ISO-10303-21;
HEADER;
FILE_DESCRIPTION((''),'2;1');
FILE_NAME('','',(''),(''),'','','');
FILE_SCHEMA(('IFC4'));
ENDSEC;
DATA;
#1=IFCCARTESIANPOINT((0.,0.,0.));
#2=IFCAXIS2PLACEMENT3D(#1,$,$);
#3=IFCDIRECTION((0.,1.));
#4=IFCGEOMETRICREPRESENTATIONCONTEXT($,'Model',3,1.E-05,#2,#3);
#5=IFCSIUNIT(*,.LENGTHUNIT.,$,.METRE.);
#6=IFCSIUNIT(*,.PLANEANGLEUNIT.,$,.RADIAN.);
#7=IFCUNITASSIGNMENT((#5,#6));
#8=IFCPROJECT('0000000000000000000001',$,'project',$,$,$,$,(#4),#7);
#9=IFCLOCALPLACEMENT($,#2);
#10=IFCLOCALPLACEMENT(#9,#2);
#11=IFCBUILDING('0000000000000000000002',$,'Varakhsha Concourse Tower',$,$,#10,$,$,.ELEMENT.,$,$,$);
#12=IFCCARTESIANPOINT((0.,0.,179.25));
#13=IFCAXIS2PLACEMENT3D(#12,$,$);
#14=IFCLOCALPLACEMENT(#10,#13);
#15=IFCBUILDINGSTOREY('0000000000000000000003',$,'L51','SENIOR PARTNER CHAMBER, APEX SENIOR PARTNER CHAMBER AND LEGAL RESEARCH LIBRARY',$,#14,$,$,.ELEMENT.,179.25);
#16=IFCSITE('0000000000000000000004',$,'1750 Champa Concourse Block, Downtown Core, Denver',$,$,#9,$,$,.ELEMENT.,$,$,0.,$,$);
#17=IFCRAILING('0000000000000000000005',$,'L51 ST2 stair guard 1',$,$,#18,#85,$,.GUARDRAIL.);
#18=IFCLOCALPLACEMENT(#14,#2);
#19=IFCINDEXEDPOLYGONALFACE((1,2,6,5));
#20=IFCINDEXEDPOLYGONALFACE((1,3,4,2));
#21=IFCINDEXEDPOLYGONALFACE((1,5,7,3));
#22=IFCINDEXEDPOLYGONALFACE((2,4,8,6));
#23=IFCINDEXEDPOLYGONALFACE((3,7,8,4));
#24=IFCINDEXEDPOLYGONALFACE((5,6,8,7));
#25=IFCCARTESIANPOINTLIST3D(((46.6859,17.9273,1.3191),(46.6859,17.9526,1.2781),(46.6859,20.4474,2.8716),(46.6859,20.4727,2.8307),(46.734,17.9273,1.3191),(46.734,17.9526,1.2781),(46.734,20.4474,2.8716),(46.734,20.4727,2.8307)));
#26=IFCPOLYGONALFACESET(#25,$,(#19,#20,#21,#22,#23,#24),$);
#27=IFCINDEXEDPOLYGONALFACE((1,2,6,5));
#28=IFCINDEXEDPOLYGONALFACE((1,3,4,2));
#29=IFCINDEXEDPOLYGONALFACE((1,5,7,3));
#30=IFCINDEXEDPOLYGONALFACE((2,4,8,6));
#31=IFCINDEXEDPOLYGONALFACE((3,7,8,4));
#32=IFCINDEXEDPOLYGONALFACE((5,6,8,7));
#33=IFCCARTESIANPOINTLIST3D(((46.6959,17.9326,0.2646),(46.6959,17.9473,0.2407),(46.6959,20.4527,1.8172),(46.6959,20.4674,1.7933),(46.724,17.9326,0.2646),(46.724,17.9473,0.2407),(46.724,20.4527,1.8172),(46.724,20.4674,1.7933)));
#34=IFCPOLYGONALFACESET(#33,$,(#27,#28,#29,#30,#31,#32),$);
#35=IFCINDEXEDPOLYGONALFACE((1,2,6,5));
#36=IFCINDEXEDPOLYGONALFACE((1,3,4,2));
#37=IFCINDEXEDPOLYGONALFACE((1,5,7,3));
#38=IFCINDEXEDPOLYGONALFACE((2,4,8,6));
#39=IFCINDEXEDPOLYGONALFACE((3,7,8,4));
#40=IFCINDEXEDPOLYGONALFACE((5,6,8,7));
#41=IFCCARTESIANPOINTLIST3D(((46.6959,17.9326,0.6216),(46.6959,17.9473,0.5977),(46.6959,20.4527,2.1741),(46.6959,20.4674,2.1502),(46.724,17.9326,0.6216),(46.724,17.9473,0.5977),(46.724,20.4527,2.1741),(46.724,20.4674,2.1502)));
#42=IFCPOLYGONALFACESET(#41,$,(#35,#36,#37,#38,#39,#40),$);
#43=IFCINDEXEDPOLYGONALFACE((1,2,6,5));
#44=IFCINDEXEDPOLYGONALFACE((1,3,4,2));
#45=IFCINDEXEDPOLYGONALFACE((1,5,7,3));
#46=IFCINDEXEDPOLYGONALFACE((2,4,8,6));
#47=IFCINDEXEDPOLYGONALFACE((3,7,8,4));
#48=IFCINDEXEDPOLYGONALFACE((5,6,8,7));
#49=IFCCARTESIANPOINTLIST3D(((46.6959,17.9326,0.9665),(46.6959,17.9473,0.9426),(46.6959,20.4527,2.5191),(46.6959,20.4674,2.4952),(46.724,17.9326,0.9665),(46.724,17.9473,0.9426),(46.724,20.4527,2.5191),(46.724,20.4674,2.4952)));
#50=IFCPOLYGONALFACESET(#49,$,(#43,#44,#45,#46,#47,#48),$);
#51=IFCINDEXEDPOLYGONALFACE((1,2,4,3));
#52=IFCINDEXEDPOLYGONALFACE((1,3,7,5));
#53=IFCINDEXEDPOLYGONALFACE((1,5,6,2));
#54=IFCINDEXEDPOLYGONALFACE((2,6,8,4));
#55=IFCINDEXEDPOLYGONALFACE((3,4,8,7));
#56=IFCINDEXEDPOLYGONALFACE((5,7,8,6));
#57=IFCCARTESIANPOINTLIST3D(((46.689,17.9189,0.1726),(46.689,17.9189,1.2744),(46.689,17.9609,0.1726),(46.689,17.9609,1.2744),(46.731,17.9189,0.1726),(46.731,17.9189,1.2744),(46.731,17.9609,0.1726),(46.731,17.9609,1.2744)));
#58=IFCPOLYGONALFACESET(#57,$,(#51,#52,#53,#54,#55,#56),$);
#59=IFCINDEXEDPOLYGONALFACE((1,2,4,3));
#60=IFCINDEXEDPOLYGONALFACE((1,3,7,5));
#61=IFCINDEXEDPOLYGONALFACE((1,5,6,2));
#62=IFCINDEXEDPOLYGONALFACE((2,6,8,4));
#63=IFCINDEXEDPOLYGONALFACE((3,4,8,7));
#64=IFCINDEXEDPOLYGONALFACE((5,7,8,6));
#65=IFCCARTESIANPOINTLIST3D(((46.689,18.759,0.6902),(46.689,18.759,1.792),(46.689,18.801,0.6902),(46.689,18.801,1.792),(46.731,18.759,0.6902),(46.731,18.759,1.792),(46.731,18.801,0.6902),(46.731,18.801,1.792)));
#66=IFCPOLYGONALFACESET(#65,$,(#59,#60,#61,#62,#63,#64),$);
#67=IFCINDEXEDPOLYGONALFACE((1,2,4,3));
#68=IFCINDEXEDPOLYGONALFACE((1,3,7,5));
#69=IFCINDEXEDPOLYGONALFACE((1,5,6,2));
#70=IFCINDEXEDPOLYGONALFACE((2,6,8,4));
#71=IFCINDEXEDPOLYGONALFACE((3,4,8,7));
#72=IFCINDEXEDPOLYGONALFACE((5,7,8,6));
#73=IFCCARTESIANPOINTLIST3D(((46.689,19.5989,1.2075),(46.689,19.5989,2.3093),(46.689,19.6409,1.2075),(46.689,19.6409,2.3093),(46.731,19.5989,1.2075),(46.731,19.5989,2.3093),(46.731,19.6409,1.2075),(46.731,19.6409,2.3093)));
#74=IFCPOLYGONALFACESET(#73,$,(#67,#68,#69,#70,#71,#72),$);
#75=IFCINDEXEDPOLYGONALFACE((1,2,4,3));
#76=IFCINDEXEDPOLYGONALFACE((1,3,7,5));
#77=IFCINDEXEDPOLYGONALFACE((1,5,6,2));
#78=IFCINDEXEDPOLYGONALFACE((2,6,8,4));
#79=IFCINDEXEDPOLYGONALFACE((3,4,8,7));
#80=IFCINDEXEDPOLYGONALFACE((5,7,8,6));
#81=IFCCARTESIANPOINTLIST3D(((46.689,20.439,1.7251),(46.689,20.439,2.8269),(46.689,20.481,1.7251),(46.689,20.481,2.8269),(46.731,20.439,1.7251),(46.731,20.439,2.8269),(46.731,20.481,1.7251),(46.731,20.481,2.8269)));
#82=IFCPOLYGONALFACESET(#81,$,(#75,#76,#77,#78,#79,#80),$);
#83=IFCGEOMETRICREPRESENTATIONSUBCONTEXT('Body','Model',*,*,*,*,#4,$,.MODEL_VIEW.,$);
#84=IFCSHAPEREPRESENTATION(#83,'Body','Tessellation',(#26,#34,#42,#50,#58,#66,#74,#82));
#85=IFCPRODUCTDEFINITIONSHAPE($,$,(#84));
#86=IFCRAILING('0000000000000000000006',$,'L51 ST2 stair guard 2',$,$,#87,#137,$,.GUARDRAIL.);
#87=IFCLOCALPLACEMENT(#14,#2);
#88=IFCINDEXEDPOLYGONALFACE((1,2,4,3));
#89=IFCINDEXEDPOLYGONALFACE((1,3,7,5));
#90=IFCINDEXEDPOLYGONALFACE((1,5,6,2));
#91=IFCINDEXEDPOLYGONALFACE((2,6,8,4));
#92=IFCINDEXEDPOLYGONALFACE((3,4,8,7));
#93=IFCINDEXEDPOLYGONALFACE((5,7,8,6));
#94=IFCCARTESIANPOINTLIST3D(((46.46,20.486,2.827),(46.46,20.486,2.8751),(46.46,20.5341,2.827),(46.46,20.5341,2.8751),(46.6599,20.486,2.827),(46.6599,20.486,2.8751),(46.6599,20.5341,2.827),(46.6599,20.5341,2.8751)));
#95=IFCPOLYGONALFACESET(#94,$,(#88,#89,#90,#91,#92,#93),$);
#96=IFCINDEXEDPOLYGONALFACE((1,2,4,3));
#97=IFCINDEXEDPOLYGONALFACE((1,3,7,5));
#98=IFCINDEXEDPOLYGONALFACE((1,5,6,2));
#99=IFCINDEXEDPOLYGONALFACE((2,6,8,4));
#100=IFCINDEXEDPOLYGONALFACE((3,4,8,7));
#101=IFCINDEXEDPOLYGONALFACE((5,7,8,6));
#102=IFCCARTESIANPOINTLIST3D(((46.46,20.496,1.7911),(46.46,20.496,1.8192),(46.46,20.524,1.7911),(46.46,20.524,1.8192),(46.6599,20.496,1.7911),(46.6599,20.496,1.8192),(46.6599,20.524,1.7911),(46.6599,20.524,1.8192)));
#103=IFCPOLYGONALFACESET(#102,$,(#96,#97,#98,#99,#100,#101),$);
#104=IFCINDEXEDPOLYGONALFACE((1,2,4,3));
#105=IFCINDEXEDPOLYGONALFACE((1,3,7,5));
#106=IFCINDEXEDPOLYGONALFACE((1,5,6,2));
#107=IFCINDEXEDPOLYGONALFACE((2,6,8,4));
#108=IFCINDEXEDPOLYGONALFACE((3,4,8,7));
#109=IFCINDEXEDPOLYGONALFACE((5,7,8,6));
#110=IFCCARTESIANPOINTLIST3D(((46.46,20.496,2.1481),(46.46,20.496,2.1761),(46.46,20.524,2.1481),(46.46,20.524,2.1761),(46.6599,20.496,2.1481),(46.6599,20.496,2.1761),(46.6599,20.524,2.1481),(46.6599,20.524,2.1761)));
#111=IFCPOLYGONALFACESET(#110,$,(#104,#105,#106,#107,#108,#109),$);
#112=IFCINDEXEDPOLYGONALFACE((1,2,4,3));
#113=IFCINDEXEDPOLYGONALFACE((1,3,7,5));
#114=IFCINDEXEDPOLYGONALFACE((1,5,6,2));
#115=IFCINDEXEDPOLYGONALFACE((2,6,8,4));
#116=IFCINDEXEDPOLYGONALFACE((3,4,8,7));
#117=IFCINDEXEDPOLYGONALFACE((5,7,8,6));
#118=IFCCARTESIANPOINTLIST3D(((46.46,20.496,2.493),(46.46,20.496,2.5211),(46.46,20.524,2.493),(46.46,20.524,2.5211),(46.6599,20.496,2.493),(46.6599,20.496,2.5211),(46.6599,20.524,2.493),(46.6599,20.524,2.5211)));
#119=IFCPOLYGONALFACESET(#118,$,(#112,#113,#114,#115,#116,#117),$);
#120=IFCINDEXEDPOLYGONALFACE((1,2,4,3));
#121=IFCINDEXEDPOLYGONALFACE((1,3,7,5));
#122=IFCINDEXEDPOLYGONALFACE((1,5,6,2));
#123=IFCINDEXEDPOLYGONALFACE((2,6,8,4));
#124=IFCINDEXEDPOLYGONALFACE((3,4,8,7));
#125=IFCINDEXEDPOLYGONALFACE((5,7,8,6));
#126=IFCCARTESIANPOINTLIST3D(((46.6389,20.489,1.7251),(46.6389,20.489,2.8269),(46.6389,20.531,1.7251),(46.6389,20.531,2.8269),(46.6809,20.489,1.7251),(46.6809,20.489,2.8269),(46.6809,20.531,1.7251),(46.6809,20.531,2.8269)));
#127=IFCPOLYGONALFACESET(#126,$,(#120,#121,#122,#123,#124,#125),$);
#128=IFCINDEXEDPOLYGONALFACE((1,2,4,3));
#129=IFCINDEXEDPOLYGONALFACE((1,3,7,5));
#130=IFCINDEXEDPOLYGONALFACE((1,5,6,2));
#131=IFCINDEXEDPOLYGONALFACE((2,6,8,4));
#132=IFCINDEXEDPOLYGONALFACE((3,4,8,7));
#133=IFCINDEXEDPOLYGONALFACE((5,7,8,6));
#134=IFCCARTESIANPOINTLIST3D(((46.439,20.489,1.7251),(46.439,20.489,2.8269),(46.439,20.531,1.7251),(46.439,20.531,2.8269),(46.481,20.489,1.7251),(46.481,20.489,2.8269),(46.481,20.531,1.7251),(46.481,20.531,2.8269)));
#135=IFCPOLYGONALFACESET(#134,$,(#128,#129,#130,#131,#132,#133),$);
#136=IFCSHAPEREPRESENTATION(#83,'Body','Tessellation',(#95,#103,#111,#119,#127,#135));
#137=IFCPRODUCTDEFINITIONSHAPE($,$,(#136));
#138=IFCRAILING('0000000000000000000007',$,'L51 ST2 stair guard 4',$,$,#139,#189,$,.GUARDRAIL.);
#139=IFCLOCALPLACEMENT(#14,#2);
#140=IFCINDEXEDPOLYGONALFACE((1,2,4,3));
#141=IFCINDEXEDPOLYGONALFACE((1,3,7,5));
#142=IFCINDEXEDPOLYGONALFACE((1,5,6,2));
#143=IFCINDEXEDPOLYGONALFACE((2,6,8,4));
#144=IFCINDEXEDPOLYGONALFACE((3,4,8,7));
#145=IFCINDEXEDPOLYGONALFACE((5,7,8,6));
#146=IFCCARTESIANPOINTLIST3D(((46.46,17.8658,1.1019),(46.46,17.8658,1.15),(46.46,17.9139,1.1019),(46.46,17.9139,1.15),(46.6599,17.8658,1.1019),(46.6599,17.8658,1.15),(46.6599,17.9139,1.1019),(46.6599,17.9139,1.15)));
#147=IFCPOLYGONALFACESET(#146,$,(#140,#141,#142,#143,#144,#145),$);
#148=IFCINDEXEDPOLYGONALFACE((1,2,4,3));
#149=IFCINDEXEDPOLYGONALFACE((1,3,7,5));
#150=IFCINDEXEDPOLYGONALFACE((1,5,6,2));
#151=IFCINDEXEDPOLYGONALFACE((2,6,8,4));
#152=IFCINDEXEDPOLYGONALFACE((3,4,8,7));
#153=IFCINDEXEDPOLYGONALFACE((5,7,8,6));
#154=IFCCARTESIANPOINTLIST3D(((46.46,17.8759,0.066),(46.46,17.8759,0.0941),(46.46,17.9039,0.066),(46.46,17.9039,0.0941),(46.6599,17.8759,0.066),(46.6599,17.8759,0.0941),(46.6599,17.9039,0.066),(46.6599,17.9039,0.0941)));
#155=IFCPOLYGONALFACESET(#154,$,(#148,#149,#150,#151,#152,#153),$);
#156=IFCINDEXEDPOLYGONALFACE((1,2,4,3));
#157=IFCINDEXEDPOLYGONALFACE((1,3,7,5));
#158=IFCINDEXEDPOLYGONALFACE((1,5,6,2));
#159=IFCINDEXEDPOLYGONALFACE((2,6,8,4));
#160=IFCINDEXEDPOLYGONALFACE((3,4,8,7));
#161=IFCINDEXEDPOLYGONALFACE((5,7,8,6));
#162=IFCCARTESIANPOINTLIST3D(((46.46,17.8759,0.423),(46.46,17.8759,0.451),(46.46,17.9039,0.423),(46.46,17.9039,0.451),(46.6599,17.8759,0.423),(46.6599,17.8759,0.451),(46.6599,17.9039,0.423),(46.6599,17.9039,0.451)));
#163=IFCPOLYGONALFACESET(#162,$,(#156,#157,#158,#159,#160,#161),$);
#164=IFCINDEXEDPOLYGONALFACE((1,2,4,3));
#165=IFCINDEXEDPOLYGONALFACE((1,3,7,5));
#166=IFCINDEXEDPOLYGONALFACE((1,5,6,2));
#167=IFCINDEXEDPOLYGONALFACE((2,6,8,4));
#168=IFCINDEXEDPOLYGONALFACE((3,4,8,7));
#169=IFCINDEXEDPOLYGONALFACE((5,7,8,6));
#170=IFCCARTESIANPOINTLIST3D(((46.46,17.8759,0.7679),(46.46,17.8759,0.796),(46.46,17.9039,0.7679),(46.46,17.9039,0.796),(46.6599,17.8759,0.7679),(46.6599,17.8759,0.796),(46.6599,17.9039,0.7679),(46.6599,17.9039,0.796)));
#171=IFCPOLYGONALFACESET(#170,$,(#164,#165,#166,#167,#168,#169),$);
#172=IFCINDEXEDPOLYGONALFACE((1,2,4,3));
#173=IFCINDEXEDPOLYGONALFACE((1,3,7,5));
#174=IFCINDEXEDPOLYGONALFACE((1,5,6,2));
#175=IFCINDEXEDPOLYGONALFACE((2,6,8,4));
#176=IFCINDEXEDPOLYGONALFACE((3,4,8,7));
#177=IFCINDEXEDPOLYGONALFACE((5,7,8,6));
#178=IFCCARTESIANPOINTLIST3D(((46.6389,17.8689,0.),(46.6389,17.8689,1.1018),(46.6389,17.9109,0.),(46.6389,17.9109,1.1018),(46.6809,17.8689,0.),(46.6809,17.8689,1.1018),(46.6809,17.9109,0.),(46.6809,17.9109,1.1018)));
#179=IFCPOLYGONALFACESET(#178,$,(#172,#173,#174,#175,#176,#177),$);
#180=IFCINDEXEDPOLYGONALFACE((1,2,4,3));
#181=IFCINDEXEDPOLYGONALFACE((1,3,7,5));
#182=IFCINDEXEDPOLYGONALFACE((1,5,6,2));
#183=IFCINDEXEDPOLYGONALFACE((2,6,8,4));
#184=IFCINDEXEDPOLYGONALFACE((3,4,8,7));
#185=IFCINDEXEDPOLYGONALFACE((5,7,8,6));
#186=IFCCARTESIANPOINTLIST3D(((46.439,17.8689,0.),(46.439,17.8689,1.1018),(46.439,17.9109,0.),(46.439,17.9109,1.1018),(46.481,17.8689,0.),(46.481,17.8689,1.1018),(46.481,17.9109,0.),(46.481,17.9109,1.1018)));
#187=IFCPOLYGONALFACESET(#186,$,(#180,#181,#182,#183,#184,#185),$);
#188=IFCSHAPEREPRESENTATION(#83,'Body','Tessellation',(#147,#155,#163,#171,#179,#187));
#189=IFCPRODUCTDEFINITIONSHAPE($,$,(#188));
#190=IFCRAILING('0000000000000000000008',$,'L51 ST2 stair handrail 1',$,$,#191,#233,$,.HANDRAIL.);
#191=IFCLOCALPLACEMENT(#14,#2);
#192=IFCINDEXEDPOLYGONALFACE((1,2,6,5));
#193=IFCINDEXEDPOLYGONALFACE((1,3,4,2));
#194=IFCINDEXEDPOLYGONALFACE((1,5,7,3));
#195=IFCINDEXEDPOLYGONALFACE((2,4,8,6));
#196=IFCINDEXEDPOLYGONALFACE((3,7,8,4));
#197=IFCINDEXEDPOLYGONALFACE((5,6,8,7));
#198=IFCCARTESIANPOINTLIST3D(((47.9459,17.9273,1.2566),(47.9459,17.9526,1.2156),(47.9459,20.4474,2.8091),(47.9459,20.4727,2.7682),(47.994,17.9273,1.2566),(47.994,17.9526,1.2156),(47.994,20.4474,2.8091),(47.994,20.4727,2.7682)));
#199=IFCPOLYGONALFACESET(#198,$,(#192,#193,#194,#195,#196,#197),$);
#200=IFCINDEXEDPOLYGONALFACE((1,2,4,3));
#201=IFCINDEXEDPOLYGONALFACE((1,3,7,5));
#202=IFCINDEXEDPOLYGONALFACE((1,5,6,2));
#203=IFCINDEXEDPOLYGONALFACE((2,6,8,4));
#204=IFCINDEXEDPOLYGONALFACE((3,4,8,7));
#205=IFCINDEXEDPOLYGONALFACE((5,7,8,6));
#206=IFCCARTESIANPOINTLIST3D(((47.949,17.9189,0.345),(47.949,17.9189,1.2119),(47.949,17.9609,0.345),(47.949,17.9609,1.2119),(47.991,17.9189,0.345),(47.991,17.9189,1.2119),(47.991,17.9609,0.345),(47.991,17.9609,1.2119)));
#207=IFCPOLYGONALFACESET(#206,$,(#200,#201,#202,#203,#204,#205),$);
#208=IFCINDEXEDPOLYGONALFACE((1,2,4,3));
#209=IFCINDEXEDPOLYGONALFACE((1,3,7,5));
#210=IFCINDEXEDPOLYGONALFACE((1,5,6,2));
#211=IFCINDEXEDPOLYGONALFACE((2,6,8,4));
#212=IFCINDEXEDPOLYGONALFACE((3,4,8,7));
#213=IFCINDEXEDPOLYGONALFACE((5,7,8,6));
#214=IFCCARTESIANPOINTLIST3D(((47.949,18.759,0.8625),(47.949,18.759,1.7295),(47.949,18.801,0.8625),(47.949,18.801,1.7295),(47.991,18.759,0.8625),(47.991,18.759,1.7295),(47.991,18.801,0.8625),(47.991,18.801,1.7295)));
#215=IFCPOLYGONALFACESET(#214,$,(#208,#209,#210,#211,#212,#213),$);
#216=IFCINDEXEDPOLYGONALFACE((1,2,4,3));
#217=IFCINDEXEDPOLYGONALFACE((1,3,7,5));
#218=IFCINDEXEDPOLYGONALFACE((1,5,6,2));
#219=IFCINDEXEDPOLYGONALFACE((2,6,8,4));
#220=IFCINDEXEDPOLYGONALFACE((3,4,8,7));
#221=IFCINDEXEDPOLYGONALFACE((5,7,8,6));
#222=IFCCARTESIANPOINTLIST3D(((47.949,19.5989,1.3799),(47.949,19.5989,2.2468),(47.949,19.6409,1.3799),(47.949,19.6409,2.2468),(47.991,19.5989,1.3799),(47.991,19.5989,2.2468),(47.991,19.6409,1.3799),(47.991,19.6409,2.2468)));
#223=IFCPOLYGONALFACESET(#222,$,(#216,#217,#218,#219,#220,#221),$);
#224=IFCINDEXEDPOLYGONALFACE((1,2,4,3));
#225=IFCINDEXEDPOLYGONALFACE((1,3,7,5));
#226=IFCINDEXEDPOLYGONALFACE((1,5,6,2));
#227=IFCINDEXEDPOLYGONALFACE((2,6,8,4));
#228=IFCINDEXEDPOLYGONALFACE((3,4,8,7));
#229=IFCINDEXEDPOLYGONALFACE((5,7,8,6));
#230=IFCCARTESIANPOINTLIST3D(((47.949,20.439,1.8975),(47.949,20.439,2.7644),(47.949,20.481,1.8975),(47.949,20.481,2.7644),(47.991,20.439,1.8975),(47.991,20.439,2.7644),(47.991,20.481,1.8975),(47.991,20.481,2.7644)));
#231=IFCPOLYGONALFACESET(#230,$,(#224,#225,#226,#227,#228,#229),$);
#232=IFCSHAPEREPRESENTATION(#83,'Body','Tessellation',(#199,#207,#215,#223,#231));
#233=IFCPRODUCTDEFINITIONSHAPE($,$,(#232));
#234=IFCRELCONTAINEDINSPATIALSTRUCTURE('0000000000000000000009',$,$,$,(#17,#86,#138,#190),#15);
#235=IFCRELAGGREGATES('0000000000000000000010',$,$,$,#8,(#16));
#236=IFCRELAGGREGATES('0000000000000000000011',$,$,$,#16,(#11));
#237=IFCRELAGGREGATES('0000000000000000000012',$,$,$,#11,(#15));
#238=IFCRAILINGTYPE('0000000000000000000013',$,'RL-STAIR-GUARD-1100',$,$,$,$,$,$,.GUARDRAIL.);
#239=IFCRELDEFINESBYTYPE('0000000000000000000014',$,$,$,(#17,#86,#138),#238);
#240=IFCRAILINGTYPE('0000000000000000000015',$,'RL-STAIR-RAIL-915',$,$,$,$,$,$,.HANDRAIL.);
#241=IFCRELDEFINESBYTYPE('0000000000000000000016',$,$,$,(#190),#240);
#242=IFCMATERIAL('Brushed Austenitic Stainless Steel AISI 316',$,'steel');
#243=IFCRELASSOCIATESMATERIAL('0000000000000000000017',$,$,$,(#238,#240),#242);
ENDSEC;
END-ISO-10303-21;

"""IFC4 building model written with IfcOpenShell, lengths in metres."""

from ifc_helpers import new_model, si_unit, direction, frame, origin, origin_2d, place, context, subcontext, project, spatial, rectangle, extrude, material, type_object, element, save


model = new_model("IFC4")

# Units and contexts
model_context = context("Model", 3, precision=1e-05, world=origin(), true_north=direction((0.0, 1.0)))
body_context = subcontext(model_context, "Body", "Model", "MODEL_VIEW")
ifc_project = project(units=[si_unit("LENGTHUNIT", "METRE"), si_unit("PLANEANGLEUNIT", "RADIAN")], contexts=[model_context])

# Site, building, storey
site_placement = place(None, origin())
site = spatial("IfcSite", under=ifc_project, at=site_placement, Name="1750 Champa Concourse Block, Downtown Core, Denver", CompositionType="ELEMENT", RefElevation=0.0)
building_placement = place(site_placement, origin())
building = spatial("IfcBuilding", under=site, at=building_placement, Name="Varakhsha Concourse Tower", CompositionType="ELEMENT")
storey_placement = place(building_placement, frame((0.0, 0.0, 179.25)))
storey = spatial("IfcBuildingStorey", under=building, at=storey_placement, Name="L51", Description="SENIOR PARTNER CHAMBER, APEX SENIOR PARTNER CHAMBER AND LEGAL RESEARCH LIBRARY", CompositionType="ELEMENT", Elevation=179.25)

# Railings
ifc_material_1 = material(Name="Brushed Austenitic Stainless Steel AISI 316", Category="steel")
railing_type_1 = type_object("IfcRailingType", Name="RL-STAIR-GUARD-1100", PredefinedType="GUARDRAIL", material=ifc_material_1)
railing_1_placement = place(storey_placement, frame((46.71, 17.9399, 0.1726)))
element("IfcRailing", 1, at=railing_1_placement, inside=storey, type_object=railing_type_1, Name="L51 ST2 stair guard 1", PredefinedType="GUARDRAIL", context=body_context, shape_type="SweptSolid", body=[
    extrude(rectangle(XDim=0.0481, YDim=0.0481, at=origin_2d()), frame((0.0, 0.0, 1.126), z_axis=(0.0, 0.8514, 0.524516), x_axis=(-1.0, 0.0, 0.0)), (0.0, 0.0, 1.0), 2.96),
    extrude(rectangle(XDim=0.0281, YDim=0.0281, at=origin_2d()), frame((0.0, 0.0, 0.0801), z_axis=(0.0, 0.8514, 0.524516), x_axis=(-1.0, 0.0, 0.0)), (0.0, 0.0, 1.0), 2.96),
    extrude(rectangle(XDim=0.0281, YDim=0.0281, at=origin_2d()), frame((0.0, 0.0, 0.437), z_axis=(0.0, 0.8514, 0.524516), x_axis=(-1.0, 0.0, 0.0)), (0.0, 0.0, 1.0), 2.96),
    extrude(rectangle(XDim=0.0281, YDim=0.0281, at=origin_2d()), frame((0.0, 0.0, 0.782), z_axis=(0.0, 0.8514, 0.524516), x_axis=(-1.0, 0.0, 0.0)), (0.0, 0.0, 1.0), 2.96),
    extrude(rectangle(XDim=0.042, YDim=0.042, at=origin_2d()), origin(), (0.0, 0.0, 1.0), 1.1018),
    extrude(rectangle(XDim=0.042, YDim=0.042, at=origin_2d()), frame((0.0, 0.8401, 0.5176)), (0.0, 0.0, 1.0), 1.1018),
    extrude(rectangle(XDim=0.042, YDim=0.042, at=origin_2d()), frame((0.0, 1.6799, 1.0349)), (0.0, 0.0, 1.0), 1.1018),
    extrude(rectangle(XDim=0.042, YDim=0.042, at=origin_2d()), frame((0.0, 2.52, 1.5525)), (0.0, 0.0, 1.0), 1.1018),
])
for number, where, name in (
    (2, (46.6599, 20.51, 1.7251), "L51 ST2 stair guard 2"),
    (3, (46.6599, 17.8899, 0.0), "L51 ST2 stair guard 4"),
):
    element("IfcRailing", number, at=place(storey_placement, frame(where)), inside=storey, type_object=railing_type_1, Name=name, PredefinedType="GUARDRAIL", context=body_context, shape_type="SweptSolid", body=[
        extrude(rectangle(XDim=0.0481, YDim=0.0481, at=origin_2d()), frame((0.0, 0.0, 1.126), z_axis=(-1.0, 0.0, 0.0), x_axis=(0.0, -1.0, 0.0)), (0.0, 0.0, 1.0), 0.2),
        extrude(rectangle(XDim=0.0281, YDim=0.0281, at=origin_2d()), frame((0.0, 0.0, 0.0801), z_axis=(-1.0, 0.0, 0.0), x_axis=(0.0, -1.0, 0.0)), (0.0, 0.0, 1.0), 0.2),
        extrude(rectangle(XDim=0.0281, YDim=0.0281, at=origin_2d()), frame((0.0, 0.0, 0.437), z_axis=(-1.0, 0.0, 0.0), x_axis=(0.0, -1.0, 0.0)), (0.0, 0.0, 1.0), 0.2),
        extrude(rectangle(XDim=0.0281, YDim=0.0281, at=origin_2d()), frame((0.0, 0.0, 0.782), z_axis=(-1.0, 0.0, 0.0), x_axis=(0.0, -1.0, 0.0)), (0.0, 0.0, 1.0), 0.2),
        extrude(rectangle(XDim=0.042, YDim=0.042, at=origin_2d()), origin(), (0.0, 0.0, 1.0), 1.1018),
        extrude(rectangle(XDim=0.042, YDim=0.042, at=origin_2d()), frame((-0.2, 0.0, 0.0)), (0.0, 0.0, 1.0), 1.1018),
    ])
railing_type_2 = type_object("IfcRailingType", Name="RL-STAIR-RAIL-915", PredefinedType="HANDRAIL", material=ifc_material_1)
railing_2_placement = place(storey_placement, frame((47.97, 17.9399, 0.345)))
element("IfcRailing", 4, at=railing_2_placement, inside=storey, type_object=railing_type_2, Name="L51 ST2 stair handrail 1", PredefinedType="HANDRAIL", context=body_context, shape_type="SweptSolid", body=[
    extrude(rectangle(XDim=0.0481, YDim=0.0481, at=origin_2d()), frame((0.0, 0.0, 0.8911), z_axis=(0.0, 0.8514, 0.524516), x_axis=(-1.0, 0.0, 0.0)), (0.0, 0.0, 1.0), 2.96),
    extrude(rectangle(XDim=0.042, YDim=0.042, at=origin_2d()), origin(), (0.0, 0.0, 1.0), 0.8669),
    extrude(rectangle(XDim=0.042, YDim=0.042, at=origin_2d()), frame((0.0, 0.8401, 0.5176)), (0.0, 0.0, 1.0), 0.8669),
    extrude(rectangle(XDim=0.042, YDim=0.042, at=origin_2d()), frame((0.0, 1.6799, 1.0349)), (0.0, 0.0, 1.0), 0.8669),
    extrude(rectangle(XDim=0.042, YDim=0.042, at=origin_2d()), frame((0.0, 2.52, 1.5525)), (0.0, 0.0, 1.0), 0.8669),
])

save(model, "model.ifc")
